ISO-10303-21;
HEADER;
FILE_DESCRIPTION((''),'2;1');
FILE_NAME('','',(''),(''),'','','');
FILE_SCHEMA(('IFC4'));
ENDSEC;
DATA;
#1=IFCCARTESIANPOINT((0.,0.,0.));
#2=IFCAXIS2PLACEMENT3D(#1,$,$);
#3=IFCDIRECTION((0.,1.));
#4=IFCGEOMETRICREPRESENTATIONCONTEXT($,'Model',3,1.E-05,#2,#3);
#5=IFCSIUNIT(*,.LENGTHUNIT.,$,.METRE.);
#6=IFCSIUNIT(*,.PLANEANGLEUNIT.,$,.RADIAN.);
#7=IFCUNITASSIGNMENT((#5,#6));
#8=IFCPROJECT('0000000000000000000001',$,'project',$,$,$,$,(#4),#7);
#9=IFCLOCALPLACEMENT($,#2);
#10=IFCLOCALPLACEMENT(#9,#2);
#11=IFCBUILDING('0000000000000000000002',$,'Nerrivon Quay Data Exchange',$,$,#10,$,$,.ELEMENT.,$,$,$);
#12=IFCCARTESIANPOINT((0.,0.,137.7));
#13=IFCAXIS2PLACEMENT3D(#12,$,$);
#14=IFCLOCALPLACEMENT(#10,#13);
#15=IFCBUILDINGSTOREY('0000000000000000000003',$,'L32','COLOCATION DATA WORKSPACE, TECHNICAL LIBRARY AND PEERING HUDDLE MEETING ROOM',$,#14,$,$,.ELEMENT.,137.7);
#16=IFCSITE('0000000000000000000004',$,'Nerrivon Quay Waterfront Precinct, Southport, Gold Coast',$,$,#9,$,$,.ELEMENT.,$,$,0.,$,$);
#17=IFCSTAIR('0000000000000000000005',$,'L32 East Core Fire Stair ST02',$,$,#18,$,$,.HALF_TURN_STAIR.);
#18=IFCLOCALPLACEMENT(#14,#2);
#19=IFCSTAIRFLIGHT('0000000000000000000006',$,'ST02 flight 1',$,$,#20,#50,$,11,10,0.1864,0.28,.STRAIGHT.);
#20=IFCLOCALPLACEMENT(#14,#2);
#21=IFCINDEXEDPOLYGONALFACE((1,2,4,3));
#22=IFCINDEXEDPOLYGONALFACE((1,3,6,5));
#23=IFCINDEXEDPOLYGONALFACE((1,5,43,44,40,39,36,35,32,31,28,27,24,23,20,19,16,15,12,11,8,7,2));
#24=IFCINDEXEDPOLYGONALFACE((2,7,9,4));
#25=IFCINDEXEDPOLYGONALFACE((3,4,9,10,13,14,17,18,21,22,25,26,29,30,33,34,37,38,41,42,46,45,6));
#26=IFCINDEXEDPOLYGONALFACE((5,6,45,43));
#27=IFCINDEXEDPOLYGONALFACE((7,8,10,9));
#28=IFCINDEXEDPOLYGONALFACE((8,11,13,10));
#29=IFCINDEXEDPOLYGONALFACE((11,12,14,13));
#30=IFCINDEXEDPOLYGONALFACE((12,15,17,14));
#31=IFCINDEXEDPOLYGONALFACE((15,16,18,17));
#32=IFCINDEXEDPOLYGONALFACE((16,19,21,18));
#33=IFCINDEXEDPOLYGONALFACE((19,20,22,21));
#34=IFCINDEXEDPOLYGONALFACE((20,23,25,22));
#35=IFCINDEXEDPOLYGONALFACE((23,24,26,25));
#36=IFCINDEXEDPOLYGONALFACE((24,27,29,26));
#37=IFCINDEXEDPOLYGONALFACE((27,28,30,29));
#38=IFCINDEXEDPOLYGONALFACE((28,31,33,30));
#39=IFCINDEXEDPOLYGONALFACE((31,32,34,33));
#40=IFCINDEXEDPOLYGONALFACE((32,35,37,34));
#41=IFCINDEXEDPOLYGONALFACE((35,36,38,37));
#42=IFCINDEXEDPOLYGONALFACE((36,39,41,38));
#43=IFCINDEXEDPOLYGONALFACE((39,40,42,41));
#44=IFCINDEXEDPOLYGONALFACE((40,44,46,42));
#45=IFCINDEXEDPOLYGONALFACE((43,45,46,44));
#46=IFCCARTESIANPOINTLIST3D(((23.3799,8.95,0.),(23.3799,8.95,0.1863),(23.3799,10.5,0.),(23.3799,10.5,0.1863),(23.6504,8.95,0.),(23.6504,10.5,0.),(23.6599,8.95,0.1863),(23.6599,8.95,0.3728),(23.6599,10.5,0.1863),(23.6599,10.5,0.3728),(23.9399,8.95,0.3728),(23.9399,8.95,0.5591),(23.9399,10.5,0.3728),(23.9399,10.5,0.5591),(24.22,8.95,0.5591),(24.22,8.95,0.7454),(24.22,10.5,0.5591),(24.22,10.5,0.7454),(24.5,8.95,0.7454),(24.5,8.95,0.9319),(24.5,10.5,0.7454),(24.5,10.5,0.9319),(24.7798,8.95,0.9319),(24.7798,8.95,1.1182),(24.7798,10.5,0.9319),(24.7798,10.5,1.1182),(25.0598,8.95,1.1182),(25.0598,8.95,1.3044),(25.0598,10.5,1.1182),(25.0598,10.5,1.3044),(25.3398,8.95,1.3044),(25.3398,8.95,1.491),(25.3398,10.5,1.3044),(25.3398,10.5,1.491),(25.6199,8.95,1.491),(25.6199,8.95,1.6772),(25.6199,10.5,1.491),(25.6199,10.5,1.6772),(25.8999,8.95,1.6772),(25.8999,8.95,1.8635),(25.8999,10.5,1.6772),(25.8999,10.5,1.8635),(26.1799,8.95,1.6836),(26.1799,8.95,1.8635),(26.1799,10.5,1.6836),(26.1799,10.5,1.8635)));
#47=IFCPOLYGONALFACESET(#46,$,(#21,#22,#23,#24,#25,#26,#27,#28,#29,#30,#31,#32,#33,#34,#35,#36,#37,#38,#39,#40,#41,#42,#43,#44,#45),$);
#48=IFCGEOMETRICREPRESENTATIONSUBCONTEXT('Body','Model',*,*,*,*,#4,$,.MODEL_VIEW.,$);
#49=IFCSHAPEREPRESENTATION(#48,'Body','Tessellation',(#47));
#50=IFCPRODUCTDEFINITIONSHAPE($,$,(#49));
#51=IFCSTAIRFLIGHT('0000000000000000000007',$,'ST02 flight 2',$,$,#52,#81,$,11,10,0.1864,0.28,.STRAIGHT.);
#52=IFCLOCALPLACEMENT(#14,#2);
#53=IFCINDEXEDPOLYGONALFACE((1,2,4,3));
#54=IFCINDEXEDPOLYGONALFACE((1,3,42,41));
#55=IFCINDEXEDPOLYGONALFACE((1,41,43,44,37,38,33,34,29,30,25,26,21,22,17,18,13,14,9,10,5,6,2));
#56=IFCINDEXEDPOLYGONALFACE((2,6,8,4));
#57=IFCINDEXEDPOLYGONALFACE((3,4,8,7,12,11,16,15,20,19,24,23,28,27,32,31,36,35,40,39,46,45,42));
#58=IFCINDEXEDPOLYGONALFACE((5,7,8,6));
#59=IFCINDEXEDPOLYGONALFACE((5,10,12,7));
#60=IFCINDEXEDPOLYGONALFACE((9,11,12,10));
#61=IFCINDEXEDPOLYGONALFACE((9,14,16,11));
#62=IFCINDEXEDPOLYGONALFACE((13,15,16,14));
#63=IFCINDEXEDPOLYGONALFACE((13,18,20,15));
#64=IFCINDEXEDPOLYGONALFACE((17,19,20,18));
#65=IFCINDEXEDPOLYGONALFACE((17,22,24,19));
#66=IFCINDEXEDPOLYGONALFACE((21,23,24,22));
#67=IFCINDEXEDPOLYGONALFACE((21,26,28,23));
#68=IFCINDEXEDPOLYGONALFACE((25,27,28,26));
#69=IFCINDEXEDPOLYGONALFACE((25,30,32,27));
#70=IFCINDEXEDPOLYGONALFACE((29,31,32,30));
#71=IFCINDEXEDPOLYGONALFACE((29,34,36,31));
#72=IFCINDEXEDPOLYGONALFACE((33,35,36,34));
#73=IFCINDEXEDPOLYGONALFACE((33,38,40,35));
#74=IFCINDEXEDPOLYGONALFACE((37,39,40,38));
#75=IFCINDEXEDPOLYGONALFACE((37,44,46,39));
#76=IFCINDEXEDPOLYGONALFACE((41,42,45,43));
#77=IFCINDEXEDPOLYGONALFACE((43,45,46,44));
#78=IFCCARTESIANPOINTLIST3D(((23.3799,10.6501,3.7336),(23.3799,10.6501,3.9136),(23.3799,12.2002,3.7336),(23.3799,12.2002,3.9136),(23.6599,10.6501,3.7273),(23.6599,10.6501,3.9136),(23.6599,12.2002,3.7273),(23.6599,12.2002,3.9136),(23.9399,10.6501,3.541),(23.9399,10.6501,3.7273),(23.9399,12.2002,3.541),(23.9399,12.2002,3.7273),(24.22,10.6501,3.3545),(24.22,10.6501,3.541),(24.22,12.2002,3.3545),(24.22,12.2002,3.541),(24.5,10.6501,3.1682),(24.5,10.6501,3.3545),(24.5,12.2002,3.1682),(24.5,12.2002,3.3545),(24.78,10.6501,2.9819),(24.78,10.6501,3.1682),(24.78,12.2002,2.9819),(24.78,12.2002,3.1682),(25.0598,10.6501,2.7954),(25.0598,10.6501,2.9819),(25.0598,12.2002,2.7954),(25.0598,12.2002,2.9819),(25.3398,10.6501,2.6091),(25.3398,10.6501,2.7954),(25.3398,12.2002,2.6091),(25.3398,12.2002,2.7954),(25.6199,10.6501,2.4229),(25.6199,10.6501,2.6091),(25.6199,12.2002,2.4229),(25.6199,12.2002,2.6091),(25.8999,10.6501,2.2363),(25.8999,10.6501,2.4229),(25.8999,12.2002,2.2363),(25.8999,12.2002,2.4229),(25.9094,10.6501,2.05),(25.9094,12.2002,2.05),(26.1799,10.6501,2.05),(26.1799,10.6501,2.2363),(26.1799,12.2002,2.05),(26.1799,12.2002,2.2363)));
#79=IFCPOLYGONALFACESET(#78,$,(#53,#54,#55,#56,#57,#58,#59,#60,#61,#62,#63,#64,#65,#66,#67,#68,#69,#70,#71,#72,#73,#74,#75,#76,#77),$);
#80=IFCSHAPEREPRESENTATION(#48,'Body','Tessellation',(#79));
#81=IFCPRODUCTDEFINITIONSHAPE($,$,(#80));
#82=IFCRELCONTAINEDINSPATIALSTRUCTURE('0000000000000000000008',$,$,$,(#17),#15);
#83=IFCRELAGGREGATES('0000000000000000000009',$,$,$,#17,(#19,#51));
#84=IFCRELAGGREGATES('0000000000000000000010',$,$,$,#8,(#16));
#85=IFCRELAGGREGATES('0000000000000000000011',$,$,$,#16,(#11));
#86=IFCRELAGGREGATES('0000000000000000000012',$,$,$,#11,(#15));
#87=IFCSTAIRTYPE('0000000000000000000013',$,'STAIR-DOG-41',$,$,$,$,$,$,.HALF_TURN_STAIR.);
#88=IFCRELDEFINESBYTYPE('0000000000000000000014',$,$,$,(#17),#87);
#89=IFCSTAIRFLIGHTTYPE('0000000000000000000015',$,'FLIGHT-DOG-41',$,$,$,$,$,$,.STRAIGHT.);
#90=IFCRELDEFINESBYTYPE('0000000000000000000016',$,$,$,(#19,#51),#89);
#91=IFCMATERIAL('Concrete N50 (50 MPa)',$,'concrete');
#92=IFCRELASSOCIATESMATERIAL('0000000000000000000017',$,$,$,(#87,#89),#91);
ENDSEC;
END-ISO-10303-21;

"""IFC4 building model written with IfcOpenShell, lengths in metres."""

from ifc_helpers import new_model, si_unit, direction, frame, origin, place, context, subcontext, project, spatial, polyline, outline, extrude, material, type_object, element, aggregate, save


model = new_model("IFC4")

# Units and contexts
model_context = context("Model", 3, precision=1e-05, world=origin(), true_north=direction((0.0, 1.0)))
body_context = subcontext(model_context, "Body", "Model", "MODEL_VIEW")
ifc_project = project(units=[si_unit("LENGTHUNIT", "METRE"), si_unit("PLANEANGLEUNIT", "RADIAN")], contexts=[model_context])

# Site, building, storey
site_placement = place(None, origin())
site = spatial("IfcSite", under=ifc_project, at=site_placement, Name="Nerrivon Quay Waterfront Precinct, Southport, Gold Coast", CompositionType="ELEMENT", RefElevation=0.0)
building_placement = place(site_placement, origin())
building = spatial("IfcBuilding", under=site, at=building_placement, Name="Nerrivon Quay Data Exchange", CompositionType="ELEMENT")
storey_placement = place(building_placement, frame((0.0, 0.0, 137.7)))
storey = spatial("IfcBuildingStorey", under=building, at=storey_placement, Name="L32", Description="COLOCATION DATA WORKSPACE, TECHNICAL LIBRARY AND PEERING HUDDLE MEETING ROOM", CompositionType="ELEMENT", Elevation=137.7)

# Shared definitions
ifc_material_1 = material(Name="Concrete N50 (50 MPa)", Category="concrete")

# Stair, stair flights
stair_type = type_object("IfcStairType", Name="STAIR-DOG-41", PredefinedType="HALF_TURN_STAIR", material=ifc_material_1)
stair_placement = place(storey_placement, origin())
stair = element("IfcStair", 1, at=stair_placement, inside=storey, type_object=stair_type, Name="L32 East Core Fire Stair ST02", PredefinedType="HALF_TURN_STAIR")
stair_flight_type = type_object("IfcStairFlightType", Name="FLIGHT-DOG-41", PredefinedType="STRAIGHT", material=ifc_material_1)
stair_flight_1_placement = place(storey_placement, frame((23.3799, 9.7251, 0.0), z_axis=(0.0, 0.0, 1.0), x_axis=(1.0, 0.0, 0.0)))
stair_flight_1 = element("IfcStairFlight", 2, at=stair_flight_1_placement, type_object=stair_flight_type, Name="ST02 flight 1", NumberOfRisers=11, NumberOfTreads=10, PredefinedType="STRAIGHT", RiserHeight=0.1864, TreadLength=0.28, context=body_context, shape_type="SweptSolid", body=[
    extrude(outline(polyline([(0.0, 0.0), (0.0, 0.1863), (0.28, 0.1863), (0.28, 0.3728), (0.5601, 0.3728), (0.5601, 0.5591), (0.8401, 0.5591), (0.8401, 0.7454), (1.1201, 0.7454), (1.1201, 0.9319), (1.3999, 0.9319), (1.3999, 1.1182), (1.6799, 1.1182), (1.6799, 1.3044), (1.96, 1.3044), (1.96, 1.491), (2.24, 1.491), (2.24, 1.6772), (2.52, 1.6772), (2.52, 1.8635), (2.8, 1.8635), (2.8, 2.05), (2.8, 1.6836), (0.2705, 0.0), (0.0, 0.0)])), frame((0.0, 0.7749, 0.0), z_axis=(0.0, -1.0, 0.0), x_axis=(1.0, 0.0, 0.0)), (0.0, 0.0, 1.0), 1.55),
])
stair_flight_2_placement = place(storey_placement, frame((26.1799, 11.425, 2.05), z_axis=(0.0, 0.0, 1.0), x_axis=(-1.0, 0.0, 0.0)))
stair_flight_2 = element("IfcStairFlight", 3, at=stair_flight_2_placement, type_object=stair_flight_type, Name="ST02 flight 2", NumberOfRisers=11, NumberOfTreads=10, PredefinedType="STRAIGHT", RiserHeight=0.1864, TreadLength=0.28, context=body_context, shape_type="SweptSolid", body=[
    extrude(outline(polyline([(0.0, 0.0), (0.0, 0.1863), (0.28, 0.1863), (0.28, 0.3728), (0.5601, 0.3728), (0.5601, 0.5591), (0.8401, 0.5591), (0.8401, 0.7454), (1.1201, 0.7454), (1.1201, 0.9319), (1.3999, 0.9319), (1.3999, 1.1182), (1.6799, 1.1182), (1.6799, 1.3044), (1.96, 1.3044), (1.96, 1.491), (2.24, 1.491), (2.24, 1.6772), (2.52, 1.6772), (2.52, 1.8635), (2.8, 1.8635), (2.8, 2.05), (2.8, 1.6836), (0.2705, 0.0), (0.0, 0.0)])), frame((0.0, 0.7749, 0.0), z_axis=(0.0, -1.0, 0.0), x_axis=(1.0, 0.0, 0.0)), (0.0, 0.0, 1.0), 1.55),
])
aggregate(stair, [stair_flight_1, stair_flight_2])

save(model, "model.ifc")
